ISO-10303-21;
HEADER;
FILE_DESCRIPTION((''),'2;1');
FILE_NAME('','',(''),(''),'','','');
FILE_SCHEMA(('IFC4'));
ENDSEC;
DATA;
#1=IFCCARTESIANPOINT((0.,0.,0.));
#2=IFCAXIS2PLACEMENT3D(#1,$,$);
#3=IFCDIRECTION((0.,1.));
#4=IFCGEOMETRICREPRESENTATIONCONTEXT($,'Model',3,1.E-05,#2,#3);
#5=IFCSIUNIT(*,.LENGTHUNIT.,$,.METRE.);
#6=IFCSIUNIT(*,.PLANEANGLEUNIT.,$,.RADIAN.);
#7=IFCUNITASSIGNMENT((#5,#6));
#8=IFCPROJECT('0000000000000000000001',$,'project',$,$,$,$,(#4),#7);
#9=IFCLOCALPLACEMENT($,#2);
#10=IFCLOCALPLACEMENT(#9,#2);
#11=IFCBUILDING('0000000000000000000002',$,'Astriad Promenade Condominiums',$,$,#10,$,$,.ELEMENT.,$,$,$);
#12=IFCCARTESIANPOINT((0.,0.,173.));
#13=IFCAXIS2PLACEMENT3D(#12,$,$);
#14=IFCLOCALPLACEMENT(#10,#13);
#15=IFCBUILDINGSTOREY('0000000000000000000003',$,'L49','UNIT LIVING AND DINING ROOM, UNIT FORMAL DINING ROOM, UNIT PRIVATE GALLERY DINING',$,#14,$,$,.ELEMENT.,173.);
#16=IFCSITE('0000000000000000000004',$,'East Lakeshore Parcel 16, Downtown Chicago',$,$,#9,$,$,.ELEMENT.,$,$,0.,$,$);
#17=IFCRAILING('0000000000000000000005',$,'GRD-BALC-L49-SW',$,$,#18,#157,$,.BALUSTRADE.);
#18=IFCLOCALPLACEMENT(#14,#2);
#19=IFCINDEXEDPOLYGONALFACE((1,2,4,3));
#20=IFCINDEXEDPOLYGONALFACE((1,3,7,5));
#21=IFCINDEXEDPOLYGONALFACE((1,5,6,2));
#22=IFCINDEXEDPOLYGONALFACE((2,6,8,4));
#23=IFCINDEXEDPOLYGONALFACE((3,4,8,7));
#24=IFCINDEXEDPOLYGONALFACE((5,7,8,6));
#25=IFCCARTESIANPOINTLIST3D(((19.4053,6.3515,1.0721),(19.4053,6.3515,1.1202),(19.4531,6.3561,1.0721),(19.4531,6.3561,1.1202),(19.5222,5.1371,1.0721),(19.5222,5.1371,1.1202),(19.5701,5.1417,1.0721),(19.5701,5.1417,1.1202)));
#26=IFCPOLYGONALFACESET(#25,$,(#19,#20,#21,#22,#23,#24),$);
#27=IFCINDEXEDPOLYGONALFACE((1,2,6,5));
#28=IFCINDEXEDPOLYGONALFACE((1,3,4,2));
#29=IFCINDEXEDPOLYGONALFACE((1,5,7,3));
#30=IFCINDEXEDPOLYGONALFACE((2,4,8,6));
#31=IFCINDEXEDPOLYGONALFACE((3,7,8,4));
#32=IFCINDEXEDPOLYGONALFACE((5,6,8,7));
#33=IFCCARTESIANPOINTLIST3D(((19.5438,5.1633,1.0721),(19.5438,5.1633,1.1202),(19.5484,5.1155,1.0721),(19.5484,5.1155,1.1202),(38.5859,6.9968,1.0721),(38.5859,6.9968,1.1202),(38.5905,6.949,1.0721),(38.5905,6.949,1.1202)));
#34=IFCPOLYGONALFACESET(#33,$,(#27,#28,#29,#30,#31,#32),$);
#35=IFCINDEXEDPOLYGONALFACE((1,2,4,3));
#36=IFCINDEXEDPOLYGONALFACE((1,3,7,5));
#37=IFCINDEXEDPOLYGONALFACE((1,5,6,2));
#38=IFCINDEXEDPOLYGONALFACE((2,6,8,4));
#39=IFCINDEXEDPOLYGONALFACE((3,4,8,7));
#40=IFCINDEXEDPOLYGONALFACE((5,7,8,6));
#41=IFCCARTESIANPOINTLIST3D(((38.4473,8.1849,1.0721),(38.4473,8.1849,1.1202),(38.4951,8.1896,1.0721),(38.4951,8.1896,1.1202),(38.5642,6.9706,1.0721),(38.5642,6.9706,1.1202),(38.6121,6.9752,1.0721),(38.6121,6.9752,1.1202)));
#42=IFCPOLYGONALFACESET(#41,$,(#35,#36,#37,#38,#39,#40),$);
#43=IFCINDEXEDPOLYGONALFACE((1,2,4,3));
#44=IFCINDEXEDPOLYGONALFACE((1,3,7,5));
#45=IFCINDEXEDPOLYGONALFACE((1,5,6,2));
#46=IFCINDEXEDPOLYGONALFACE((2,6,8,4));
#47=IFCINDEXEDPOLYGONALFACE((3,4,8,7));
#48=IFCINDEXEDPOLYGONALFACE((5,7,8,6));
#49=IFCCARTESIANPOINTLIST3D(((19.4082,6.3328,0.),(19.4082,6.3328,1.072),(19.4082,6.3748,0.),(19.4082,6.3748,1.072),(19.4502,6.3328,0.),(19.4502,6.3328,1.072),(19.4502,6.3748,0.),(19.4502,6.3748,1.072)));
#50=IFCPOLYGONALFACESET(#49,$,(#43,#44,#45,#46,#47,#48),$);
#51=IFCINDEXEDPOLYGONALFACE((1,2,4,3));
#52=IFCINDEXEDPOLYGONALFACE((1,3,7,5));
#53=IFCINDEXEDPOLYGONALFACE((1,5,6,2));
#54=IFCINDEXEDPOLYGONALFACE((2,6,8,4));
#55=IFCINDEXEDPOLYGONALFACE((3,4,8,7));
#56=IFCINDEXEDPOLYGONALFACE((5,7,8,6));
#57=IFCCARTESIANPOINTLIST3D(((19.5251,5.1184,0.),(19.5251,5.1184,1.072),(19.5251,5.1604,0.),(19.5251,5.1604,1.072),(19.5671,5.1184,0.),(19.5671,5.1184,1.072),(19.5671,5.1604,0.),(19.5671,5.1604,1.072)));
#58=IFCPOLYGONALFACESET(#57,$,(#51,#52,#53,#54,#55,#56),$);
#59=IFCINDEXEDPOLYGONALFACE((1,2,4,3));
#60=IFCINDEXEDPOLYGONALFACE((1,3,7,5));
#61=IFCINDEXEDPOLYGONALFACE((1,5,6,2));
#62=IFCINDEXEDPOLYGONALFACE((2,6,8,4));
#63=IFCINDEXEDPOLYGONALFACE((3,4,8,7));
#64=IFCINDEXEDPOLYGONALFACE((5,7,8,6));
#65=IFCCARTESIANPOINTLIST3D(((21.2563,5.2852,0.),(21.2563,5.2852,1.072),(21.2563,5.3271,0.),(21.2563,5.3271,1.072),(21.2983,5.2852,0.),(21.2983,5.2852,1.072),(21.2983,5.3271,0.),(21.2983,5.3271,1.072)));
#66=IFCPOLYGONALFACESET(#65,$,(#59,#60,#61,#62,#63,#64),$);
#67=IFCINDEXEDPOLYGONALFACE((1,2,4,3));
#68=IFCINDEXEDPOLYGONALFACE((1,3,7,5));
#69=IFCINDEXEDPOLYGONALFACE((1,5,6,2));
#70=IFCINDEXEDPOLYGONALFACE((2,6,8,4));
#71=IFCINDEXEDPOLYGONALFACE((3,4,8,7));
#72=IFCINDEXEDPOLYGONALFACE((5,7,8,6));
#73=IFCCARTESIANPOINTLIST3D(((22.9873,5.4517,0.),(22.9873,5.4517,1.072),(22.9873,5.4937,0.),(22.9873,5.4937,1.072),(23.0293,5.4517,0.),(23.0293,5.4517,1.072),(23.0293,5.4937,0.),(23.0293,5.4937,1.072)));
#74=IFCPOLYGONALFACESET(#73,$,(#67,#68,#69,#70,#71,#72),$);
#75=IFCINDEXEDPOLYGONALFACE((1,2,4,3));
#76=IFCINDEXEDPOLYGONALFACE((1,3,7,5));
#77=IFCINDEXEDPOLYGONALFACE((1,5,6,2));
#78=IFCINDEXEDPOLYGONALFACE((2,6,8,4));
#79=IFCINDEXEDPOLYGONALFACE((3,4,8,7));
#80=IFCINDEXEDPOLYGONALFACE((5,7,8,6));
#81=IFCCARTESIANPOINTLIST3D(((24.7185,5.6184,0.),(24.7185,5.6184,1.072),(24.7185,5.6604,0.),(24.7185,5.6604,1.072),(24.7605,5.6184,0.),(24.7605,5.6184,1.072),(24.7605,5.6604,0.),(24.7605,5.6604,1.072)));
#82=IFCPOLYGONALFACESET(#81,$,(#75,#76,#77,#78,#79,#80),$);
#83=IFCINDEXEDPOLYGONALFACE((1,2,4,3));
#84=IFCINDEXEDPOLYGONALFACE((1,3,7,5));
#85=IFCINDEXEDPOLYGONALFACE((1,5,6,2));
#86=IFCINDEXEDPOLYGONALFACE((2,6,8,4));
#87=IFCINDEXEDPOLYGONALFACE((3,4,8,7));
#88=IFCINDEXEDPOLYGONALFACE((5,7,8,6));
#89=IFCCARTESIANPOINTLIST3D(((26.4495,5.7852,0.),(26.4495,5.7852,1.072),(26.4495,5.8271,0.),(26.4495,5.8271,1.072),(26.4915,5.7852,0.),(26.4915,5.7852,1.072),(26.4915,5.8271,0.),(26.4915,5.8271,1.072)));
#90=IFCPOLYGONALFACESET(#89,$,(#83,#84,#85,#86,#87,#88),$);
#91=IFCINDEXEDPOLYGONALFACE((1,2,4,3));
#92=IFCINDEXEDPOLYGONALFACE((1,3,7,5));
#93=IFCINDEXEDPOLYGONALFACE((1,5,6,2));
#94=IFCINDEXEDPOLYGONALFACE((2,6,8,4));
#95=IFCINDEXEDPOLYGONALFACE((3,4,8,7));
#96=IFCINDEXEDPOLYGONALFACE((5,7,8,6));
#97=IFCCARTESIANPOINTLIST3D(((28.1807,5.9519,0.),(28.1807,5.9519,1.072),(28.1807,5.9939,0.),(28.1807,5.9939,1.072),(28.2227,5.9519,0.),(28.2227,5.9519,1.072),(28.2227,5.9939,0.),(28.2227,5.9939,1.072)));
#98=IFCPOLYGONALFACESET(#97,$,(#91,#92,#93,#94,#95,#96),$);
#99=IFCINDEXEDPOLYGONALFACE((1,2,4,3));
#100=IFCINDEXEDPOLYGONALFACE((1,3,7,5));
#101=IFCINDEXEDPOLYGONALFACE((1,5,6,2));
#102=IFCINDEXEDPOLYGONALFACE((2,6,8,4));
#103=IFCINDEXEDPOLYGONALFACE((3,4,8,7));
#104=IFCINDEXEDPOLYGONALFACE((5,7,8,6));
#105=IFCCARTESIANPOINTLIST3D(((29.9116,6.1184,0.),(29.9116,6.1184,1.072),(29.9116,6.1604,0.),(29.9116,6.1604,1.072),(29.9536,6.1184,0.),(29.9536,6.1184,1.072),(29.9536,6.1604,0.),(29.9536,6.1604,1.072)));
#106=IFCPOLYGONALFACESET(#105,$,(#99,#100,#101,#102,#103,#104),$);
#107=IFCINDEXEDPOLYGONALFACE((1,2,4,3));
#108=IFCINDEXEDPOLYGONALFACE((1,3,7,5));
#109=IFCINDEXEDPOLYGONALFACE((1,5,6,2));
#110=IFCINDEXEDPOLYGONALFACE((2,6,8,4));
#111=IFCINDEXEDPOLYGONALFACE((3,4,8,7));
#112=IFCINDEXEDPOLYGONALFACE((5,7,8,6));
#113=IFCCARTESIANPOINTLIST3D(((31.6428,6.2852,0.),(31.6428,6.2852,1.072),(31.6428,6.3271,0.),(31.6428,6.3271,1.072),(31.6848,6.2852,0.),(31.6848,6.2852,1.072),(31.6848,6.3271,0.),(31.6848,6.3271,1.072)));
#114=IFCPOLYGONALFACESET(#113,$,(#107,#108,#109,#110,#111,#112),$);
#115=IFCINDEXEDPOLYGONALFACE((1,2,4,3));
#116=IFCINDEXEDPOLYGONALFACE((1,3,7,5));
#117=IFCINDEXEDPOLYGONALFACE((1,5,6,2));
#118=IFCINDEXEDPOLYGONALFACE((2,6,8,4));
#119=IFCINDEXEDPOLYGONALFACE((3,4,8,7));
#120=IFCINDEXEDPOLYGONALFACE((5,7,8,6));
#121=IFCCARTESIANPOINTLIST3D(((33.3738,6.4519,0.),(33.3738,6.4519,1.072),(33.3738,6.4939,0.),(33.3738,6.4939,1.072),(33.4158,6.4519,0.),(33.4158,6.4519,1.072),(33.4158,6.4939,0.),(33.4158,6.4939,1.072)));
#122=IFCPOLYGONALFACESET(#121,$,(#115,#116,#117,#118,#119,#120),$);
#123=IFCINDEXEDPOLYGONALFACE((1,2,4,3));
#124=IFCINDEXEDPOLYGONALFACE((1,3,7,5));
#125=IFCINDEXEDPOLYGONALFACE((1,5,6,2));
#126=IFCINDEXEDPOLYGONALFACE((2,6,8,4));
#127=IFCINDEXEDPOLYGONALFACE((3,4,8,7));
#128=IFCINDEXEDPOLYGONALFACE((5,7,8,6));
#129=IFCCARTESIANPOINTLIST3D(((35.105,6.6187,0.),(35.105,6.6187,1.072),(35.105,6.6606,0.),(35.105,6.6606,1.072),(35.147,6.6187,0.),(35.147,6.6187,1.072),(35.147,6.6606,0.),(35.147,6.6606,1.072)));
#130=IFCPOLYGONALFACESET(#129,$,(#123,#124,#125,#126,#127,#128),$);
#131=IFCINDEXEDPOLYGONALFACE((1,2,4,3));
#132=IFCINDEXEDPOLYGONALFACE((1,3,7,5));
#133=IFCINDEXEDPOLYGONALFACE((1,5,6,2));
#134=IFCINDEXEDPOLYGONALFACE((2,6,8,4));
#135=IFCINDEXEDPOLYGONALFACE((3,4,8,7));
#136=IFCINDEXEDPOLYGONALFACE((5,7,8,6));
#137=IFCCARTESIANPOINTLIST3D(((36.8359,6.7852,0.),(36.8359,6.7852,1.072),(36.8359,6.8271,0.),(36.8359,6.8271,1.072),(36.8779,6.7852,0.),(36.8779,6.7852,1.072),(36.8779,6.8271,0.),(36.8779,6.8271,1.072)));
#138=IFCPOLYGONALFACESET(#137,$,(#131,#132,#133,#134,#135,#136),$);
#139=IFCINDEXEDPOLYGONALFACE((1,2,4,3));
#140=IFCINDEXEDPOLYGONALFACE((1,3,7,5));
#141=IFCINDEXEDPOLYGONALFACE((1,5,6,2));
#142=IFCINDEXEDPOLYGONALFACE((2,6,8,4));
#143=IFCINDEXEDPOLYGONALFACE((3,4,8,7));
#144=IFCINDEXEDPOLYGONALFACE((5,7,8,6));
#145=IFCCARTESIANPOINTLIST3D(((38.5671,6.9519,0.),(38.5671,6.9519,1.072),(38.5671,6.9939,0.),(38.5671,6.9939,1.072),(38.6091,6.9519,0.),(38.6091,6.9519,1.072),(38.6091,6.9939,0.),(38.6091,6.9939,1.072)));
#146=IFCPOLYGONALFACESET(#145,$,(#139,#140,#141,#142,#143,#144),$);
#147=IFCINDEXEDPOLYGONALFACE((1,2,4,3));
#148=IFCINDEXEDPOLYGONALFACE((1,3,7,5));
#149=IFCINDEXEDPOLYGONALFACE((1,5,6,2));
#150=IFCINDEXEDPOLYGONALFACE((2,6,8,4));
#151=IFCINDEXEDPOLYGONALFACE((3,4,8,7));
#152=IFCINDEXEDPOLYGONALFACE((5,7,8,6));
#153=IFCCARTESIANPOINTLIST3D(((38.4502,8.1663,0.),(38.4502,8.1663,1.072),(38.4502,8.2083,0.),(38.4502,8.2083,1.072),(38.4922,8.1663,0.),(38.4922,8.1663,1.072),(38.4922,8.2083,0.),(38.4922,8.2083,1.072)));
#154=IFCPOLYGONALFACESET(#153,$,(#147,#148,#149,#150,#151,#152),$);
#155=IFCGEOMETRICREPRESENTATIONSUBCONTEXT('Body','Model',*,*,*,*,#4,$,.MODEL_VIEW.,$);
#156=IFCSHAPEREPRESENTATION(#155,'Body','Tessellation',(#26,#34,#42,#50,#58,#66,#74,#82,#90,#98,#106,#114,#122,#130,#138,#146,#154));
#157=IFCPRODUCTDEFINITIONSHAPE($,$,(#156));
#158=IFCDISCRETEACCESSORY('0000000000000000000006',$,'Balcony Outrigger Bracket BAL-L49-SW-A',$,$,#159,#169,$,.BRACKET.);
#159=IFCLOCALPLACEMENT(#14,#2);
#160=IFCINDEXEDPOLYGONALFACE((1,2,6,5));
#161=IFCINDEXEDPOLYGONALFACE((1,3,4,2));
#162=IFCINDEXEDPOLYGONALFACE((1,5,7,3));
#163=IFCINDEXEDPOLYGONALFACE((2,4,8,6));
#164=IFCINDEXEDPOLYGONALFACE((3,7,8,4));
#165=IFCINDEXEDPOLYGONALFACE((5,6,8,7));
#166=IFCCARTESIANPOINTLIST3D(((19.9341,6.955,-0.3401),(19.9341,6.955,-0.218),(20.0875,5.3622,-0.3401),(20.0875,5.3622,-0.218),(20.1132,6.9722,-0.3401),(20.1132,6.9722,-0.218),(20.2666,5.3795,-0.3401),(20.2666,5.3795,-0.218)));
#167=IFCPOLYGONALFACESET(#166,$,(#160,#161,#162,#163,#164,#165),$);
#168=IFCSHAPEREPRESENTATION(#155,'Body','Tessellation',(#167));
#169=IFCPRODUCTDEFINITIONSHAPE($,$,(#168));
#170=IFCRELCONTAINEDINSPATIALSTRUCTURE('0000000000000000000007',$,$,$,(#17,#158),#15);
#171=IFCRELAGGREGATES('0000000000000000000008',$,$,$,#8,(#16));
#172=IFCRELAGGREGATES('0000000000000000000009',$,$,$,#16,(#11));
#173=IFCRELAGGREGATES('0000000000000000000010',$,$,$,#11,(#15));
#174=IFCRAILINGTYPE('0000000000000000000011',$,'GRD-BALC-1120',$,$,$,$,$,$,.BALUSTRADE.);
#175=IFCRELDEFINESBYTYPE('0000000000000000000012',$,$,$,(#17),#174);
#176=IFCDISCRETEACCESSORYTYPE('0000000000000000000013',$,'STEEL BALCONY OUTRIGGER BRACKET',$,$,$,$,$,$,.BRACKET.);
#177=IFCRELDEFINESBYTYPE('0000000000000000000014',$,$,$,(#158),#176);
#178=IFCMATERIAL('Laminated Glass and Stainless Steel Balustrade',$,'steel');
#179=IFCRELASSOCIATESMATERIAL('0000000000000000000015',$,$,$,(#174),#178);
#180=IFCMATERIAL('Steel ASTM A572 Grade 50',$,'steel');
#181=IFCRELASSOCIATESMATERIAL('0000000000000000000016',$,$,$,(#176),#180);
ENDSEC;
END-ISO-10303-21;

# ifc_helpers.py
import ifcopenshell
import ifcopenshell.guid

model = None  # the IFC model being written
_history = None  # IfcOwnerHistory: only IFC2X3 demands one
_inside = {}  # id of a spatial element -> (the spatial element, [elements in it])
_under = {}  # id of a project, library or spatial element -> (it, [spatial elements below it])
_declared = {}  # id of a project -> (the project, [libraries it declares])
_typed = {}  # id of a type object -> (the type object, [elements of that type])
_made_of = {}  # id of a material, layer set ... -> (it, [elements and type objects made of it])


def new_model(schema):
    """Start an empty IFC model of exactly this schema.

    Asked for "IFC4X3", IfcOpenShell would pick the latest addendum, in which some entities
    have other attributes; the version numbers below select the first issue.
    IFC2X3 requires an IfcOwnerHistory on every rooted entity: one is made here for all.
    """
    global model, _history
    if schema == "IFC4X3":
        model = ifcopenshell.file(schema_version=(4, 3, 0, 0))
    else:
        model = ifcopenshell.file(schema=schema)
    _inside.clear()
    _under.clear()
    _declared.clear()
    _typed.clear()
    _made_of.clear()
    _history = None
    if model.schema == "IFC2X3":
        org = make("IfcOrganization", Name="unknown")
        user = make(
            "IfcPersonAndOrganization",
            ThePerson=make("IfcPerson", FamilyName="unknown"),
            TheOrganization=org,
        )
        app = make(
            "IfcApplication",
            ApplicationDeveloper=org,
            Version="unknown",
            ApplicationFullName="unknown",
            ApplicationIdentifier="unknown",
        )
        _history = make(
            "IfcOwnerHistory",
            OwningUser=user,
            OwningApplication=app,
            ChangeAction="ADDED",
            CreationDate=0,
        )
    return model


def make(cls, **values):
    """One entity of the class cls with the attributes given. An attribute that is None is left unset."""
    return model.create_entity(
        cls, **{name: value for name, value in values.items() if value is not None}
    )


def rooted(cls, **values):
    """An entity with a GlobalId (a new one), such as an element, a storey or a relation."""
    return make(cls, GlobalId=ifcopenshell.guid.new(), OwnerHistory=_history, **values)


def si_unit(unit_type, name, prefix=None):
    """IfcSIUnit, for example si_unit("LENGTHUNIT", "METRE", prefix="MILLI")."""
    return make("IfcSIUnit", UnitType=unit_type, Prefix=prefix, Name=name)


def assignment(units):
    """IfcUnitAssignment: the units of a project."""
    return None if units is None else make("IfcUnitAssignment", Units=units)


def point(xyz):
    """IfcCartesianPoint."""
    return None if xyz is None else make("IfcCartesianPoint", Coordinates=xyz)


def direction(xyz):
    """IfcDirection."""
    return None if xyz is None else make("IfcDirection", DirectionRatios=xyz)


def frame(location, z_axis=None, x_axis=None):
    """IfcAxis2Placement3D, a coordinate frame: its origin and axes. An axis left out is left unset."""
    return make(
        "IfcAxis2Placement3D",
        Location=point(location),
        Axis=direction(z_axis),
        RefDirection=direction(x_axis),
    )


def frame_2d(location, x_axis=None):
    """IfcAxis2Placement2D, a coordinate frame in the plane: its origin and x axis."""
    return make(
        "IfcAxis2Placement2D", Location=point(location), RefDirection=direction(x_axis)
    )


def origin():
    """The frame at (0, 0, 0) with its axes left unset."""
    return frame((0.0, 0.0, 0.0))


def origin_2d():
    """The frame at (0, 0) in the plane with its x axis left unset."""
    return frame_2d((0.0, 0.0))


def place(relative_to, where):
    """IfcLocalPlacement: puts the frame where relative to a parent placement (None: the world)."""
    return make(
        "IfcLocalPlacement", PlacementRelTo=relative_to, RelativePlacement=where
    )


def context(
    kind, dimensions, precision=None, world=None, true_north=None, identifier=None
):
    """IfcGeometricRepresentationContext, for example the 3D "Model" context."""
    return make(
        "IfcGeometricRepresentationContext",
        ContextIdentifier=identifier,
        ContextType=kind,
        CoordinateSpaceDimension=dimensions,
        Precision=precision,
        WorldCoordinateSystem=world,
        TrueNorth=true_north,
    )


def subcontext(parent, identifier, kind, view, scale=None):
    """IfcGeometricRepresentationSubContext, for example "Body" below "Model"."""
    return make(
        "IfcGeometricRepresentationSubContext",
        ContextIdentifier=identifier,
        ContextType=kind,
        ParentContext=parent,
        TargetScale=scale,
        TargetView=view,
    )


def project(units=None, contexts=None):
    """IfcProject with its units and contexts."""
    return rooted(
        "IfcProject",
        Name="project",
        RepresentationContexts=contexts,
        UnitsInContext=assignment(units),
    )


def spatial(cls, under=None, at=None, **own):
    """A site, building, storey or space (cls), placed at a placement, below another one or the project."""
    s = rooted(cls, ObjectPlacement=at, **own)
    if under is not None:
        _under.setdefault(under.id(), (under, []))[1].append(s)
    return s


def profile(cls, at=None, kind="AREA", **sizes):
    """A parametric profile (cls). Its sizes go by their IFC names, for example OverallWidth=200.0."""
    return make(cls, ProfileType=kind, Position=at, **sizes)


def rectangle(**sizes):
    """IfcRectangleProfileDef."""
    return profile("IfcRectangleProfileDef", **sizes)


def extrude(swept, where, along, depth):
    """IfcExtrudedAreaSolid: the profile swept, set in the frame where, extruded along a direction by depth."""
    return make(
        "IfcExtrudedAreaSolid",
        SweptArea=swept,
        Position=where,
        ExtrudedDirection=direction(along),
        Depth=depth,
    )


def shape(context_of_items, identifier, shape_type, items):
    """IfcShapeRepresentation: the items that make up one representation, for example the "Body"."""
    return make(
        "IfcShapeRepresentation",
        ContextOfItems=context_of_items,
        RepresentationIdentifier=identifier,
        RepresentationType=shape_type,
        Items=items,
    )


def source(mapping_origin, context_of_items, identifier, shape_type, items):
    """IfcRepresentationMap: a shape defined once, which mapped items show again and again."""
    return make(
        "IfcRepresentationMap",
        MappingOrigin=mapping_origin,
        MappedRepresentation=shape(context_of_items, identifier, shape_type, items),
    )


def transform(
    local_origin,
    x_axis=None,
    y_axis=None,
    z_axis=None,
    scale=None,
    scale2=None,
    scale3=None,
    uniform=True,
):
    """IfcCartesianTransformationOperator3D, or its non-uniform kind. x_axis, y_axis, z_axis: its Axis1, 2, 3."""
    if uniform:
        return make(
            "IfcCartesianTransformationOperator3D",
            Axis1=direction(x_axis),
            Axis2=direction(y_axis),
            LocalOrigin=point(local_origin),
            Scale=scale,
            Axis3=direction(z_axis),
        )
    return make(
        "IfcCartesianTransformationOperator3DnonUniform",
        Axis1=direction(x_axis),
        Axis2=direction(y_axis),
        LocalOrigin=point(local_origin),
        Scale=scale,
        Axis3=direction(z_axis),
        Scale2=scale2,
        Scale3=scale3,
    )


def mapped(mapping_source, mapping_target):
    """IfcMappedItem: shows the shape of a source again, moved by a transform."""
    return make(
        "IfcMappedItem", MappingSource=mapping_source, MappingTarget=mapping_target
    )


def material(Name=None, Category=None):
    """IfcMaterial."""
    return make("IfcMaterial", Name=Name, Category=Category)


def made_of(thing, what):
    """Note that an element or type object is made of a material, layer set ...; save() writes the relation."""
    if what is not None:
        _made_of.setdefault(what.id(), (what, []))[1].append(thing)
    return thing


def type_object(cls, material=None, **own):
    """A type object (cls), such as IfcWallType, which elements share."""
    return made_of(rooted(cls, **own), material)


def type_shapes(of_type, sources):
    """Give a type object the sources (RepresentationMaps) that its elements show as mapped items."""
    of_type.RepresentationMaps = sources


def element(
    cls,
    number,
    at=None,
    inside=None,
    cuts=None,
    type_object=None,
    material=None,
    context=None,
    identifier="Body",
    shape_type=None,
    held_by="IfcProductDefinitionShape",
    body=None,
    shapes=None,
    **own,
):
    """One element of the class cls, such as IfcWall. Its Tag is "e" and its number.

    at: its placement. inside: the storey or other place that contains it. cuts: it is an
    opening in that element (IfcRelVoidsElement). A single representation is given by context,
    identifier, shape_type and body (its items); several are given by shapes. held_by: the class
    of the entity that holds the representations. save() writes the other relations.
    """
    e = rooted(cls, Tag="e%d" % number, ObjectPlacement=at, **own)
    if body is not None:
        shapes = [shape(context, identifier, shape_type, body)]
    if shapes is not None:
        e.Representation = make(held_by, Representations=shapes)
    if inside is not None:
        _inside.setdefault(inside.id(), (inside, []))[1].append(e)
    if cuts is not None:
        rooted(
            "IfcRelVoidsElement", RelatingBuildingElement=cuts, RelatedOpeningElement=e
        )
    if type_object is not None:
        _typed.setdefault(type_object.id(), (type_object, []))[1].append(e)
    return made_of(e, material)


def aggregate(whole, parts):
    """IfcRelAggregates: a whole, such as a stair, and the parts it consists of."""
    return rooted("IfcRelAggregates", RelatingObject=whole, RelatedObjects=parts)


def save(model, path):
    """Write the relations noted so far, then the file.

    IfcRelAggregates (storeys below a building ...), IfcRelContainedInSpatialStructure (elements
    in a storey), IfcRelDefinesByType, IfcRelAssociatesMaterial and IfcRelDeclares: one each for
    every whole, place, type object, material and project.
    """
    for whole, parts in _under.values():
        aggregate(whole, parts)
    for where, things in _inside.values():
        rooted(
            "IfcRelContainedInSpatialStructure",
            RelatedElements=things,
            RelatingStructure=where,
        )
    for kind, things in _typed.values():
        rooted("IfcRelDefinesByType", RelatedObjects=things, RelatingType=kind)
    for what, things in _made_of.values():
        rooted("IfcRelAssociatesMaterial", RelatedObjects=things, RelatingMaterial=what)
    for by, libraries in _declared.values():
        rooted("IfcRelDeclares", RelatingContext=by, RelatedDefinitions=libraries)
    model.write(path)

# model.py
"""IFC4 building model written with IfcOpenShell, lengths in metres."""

from ifc_helpers import new_model, si_unit, direction, frame, origin, origin_2d, place, context, subcontext, project, spatial, rectangle, extrude, source, transform, mapped, material, type_object, type_shapes, element, save


model = new_model("IFC4")

# Units and contexts
model_context = context("Model", 3, precision=1e-05, world=origin(), true_north=direction((0.0, 1.0)))
body_context = subcontext(model_context, "Body", "Model", "MODEL_VIEW")
ifc_project = project(units=[si_unit("LENGTHUNIT", "METRE"), si_unit("PLANEANGLEUNIT", "RADIAN")], contexts=[model_context])

# Site, building, storey
site_placement = place(None, origin())
site = spatial("IfcSite", under=ifc_project, at=site_placement, Name="East Lakeshore Parcel 16, Downtown Chicago", CompositionType="ELEMENT", RefElevation=0.0)
building_placement = place(site_placement, origin())
building = spatial("IfcBuilding", under=site, at=building_placement, Name="Astriad Promenade Condominiums", CompositionType="ELEMENT")
storey_placement = place(building_placement, frame((0.0, 0.0, 173.0)))
storey = spatial("IfcBuildingStorey", under=building, at=storey_placement, Name="L49", Description="UNIT LIVING AND DINING ROOM, UNIT FORMAL DINING ROOM, UNIT PRIVATE GALLERY DINING", CompositionType="ELEMENT", Elevation=173.0)

# Railing
ifc_material_1 = material(Name="Laminated Glass and Stainless Steel Balustrade", Category="steel")
railing_type = type_object("IfcRailingType", Name="GRD-BALC-1120", PredefinedType="BALUSTRADE", material=ifc_material_1)
shared_shape_1 = source(origin(), body_context, "Body", "SweptSolid", [
    extrude(rectangle(XDim=0.0481, YDim=0.0481, at=origin_2d()), frame((0.0, 0.0, 1.0962), z_axis=(0.095857, -0.995395, 0.0), x_axis=(0.995395, 0.095857, 0.0)), (0.0, 0.0, 1.0), 1.22),
    extrude(rectangle(XDim=0.0481, YDim=0.0481, at=origin_2d()), frame((0.1169, -1.2144, 1.0962), z_axis=(0.995396, 0.095844, 0.0), x_axis=(-0.095844, 0.995396, 0.0)), (0.0, 0.0, 1.0), 19.1301),
    extrude(rectangle(XDim=0.0481, YDim=0.0481, at=origin_2d()), frame((19.1589, 0.6191, 1.0962), z_axis=(-0.095857, 0.995395, 0.0), x_axis=(-0.995395, -0.095857, 0.0)), (0.0, 0.0, 1.0), 1.22),
    extrude(rectangle(XDim=0.042, YDim=0.042, at=origin_2d()), origin(), (0.0, 0.0, 1.0), 1.072),
    extrude(rectangle(XDim=0.042, YDim=0.042, at=origin_2d()), frame((0.1169, -1.2144, 0.0)), (0.0, 0.0, 1.0), 1.072),
    extrude(rectangle(XDim=0.042, YDim=0.042, at=origin_2d()), frame((1.8481, -1.0476, 0.0)), (0.0, 0.0, 1.0), 1.072),
    extrude(rectangle(XDim=0.042, YDim=0.042, at=origin_2d()), frame((3.5791, -0.8811, 0.0)), (0.0, 0.0, 1.0), 1.072),
    extrude(rectangle(XDim=0.042, YDim=0.042, at=origin_2d()), frame((5.3103, -0.7144, 0.0)), (0.0, 0.0, 1.0), 1.072),
    extrude(rectangle(XDim=0.042, YDim=0.042, at=origin_2d()), frame((7.0413, -0.5476, 0.0)), (0.0, 0.0, 1.0), 1.072),
    extrude(rectangle(XDim=0.042, YDim=0.042, at=origin_2d()), frame((8.7725, -0.3809, 0.0)), (0.0, 0.0, 1.0), 1.072),
    extrude(rectangle(XDim=0.042, YDim=0.042, at=origin_2d()), frame((10.5034, -0.2144, 0.0)), (0.0, 0.0, 1.0), 1.072),
    extrude(rectangle(XDim=0.042, YDim=0.042, at=origin_2d()), frame((12.2346, -0.0476, 0.0)), (0.0, 0.0, 1.0), 1.072),
    extrude(rectangle(XDim=0.042, YDim=0.042, at=origin_2d()), frame((13.9656, 0.1191, 0.0)), (0.0, 0.0, 1.0), 1.072),
    extrude(rectangle(XDim=0.042, YDim=0.042, at=origin_2d()), frame((15.6968, 0.2859, 0.0)), (0.0, 0.0, 1.0), 1.072),
    extrude(rectangle(XDim=0.042, YDim=0.042, at=origin_2d()), frame((17.4277, 0.4524, 0.0)), (0.0, 0.0, 1.0), 1.072),
    extrude(rectangle(XDim=0.042, YDim=0.042, at=origin_2d()), frame((19.1589, 0.6191, 0.0)), (0.0, 0.0, 1.0), 1.072),
    extrude(rectangle(XDim=0.042, YDim=0.042, at=origin_2d()), frame((19.042, 1.8335, 0.0)), (0.0, 0.0, 1.0), 1.072),
])
type_shapes(railing_type, [shared_shape_1])
railing_placement = place(storey_placement, frame((19.4292, 6.3538, 0.0)))
element("IfcRailing", 1, at=railing_placement, inside=storey, type_object=railing_type, Name="GRD-BALC-L49-SW", PredefinedType="BALUSTRADE", context=body_context, shape_type="MappedRepresentation", body=[
    mapped(shared_shape_1, transform((0.0, 0.0, 0.0), scale=1.0)),
])

# Discrete accessory
ifc_material_2 = material(Name="Steel ASTM A572 Grade 50", Category="steel")
discrete_accessory_type = type_object("IfcDiscreteAccessoryType", Name="STEEL BALCONY OUTRIGGER BRACKET", PredefinedType="BRACKET", material=ifc_material_2)
shared_shape_2 = source(origin(), body_context, "Body", "SweptSolid", [
    extrude(rectangle(XDim=1.6001, YDim=0.1799, at=origin_2d()), origin(), (0.0, 0.0, 1.0), 0.1221),
])
type_shapes(discrete_accessory_type, [shared_shape_2])
discrete_accessory_placement = place(storey_placement, frame((20.1003, 6.1672, -0.3401), z_axis=(0.0, 0.0, 1.0), x_axis=(0.095846, -0.995396, 0.0)))
element("IfcDiscreteAccessory", 2, at=discrete_accessory_placement, inside=storey, type_object=discrete_accessory_type, Name="Balcony Outrigger Bracket BAL-L49-SW-A", PredefinedType="BRACKET", context=body_context, shape_type="MappedRepresentation", body=[
    mapped(shared_shape_2, transform((0.0, 0.0, 0.0), scale=1.0)),
])

save(model, "model.ifc")
